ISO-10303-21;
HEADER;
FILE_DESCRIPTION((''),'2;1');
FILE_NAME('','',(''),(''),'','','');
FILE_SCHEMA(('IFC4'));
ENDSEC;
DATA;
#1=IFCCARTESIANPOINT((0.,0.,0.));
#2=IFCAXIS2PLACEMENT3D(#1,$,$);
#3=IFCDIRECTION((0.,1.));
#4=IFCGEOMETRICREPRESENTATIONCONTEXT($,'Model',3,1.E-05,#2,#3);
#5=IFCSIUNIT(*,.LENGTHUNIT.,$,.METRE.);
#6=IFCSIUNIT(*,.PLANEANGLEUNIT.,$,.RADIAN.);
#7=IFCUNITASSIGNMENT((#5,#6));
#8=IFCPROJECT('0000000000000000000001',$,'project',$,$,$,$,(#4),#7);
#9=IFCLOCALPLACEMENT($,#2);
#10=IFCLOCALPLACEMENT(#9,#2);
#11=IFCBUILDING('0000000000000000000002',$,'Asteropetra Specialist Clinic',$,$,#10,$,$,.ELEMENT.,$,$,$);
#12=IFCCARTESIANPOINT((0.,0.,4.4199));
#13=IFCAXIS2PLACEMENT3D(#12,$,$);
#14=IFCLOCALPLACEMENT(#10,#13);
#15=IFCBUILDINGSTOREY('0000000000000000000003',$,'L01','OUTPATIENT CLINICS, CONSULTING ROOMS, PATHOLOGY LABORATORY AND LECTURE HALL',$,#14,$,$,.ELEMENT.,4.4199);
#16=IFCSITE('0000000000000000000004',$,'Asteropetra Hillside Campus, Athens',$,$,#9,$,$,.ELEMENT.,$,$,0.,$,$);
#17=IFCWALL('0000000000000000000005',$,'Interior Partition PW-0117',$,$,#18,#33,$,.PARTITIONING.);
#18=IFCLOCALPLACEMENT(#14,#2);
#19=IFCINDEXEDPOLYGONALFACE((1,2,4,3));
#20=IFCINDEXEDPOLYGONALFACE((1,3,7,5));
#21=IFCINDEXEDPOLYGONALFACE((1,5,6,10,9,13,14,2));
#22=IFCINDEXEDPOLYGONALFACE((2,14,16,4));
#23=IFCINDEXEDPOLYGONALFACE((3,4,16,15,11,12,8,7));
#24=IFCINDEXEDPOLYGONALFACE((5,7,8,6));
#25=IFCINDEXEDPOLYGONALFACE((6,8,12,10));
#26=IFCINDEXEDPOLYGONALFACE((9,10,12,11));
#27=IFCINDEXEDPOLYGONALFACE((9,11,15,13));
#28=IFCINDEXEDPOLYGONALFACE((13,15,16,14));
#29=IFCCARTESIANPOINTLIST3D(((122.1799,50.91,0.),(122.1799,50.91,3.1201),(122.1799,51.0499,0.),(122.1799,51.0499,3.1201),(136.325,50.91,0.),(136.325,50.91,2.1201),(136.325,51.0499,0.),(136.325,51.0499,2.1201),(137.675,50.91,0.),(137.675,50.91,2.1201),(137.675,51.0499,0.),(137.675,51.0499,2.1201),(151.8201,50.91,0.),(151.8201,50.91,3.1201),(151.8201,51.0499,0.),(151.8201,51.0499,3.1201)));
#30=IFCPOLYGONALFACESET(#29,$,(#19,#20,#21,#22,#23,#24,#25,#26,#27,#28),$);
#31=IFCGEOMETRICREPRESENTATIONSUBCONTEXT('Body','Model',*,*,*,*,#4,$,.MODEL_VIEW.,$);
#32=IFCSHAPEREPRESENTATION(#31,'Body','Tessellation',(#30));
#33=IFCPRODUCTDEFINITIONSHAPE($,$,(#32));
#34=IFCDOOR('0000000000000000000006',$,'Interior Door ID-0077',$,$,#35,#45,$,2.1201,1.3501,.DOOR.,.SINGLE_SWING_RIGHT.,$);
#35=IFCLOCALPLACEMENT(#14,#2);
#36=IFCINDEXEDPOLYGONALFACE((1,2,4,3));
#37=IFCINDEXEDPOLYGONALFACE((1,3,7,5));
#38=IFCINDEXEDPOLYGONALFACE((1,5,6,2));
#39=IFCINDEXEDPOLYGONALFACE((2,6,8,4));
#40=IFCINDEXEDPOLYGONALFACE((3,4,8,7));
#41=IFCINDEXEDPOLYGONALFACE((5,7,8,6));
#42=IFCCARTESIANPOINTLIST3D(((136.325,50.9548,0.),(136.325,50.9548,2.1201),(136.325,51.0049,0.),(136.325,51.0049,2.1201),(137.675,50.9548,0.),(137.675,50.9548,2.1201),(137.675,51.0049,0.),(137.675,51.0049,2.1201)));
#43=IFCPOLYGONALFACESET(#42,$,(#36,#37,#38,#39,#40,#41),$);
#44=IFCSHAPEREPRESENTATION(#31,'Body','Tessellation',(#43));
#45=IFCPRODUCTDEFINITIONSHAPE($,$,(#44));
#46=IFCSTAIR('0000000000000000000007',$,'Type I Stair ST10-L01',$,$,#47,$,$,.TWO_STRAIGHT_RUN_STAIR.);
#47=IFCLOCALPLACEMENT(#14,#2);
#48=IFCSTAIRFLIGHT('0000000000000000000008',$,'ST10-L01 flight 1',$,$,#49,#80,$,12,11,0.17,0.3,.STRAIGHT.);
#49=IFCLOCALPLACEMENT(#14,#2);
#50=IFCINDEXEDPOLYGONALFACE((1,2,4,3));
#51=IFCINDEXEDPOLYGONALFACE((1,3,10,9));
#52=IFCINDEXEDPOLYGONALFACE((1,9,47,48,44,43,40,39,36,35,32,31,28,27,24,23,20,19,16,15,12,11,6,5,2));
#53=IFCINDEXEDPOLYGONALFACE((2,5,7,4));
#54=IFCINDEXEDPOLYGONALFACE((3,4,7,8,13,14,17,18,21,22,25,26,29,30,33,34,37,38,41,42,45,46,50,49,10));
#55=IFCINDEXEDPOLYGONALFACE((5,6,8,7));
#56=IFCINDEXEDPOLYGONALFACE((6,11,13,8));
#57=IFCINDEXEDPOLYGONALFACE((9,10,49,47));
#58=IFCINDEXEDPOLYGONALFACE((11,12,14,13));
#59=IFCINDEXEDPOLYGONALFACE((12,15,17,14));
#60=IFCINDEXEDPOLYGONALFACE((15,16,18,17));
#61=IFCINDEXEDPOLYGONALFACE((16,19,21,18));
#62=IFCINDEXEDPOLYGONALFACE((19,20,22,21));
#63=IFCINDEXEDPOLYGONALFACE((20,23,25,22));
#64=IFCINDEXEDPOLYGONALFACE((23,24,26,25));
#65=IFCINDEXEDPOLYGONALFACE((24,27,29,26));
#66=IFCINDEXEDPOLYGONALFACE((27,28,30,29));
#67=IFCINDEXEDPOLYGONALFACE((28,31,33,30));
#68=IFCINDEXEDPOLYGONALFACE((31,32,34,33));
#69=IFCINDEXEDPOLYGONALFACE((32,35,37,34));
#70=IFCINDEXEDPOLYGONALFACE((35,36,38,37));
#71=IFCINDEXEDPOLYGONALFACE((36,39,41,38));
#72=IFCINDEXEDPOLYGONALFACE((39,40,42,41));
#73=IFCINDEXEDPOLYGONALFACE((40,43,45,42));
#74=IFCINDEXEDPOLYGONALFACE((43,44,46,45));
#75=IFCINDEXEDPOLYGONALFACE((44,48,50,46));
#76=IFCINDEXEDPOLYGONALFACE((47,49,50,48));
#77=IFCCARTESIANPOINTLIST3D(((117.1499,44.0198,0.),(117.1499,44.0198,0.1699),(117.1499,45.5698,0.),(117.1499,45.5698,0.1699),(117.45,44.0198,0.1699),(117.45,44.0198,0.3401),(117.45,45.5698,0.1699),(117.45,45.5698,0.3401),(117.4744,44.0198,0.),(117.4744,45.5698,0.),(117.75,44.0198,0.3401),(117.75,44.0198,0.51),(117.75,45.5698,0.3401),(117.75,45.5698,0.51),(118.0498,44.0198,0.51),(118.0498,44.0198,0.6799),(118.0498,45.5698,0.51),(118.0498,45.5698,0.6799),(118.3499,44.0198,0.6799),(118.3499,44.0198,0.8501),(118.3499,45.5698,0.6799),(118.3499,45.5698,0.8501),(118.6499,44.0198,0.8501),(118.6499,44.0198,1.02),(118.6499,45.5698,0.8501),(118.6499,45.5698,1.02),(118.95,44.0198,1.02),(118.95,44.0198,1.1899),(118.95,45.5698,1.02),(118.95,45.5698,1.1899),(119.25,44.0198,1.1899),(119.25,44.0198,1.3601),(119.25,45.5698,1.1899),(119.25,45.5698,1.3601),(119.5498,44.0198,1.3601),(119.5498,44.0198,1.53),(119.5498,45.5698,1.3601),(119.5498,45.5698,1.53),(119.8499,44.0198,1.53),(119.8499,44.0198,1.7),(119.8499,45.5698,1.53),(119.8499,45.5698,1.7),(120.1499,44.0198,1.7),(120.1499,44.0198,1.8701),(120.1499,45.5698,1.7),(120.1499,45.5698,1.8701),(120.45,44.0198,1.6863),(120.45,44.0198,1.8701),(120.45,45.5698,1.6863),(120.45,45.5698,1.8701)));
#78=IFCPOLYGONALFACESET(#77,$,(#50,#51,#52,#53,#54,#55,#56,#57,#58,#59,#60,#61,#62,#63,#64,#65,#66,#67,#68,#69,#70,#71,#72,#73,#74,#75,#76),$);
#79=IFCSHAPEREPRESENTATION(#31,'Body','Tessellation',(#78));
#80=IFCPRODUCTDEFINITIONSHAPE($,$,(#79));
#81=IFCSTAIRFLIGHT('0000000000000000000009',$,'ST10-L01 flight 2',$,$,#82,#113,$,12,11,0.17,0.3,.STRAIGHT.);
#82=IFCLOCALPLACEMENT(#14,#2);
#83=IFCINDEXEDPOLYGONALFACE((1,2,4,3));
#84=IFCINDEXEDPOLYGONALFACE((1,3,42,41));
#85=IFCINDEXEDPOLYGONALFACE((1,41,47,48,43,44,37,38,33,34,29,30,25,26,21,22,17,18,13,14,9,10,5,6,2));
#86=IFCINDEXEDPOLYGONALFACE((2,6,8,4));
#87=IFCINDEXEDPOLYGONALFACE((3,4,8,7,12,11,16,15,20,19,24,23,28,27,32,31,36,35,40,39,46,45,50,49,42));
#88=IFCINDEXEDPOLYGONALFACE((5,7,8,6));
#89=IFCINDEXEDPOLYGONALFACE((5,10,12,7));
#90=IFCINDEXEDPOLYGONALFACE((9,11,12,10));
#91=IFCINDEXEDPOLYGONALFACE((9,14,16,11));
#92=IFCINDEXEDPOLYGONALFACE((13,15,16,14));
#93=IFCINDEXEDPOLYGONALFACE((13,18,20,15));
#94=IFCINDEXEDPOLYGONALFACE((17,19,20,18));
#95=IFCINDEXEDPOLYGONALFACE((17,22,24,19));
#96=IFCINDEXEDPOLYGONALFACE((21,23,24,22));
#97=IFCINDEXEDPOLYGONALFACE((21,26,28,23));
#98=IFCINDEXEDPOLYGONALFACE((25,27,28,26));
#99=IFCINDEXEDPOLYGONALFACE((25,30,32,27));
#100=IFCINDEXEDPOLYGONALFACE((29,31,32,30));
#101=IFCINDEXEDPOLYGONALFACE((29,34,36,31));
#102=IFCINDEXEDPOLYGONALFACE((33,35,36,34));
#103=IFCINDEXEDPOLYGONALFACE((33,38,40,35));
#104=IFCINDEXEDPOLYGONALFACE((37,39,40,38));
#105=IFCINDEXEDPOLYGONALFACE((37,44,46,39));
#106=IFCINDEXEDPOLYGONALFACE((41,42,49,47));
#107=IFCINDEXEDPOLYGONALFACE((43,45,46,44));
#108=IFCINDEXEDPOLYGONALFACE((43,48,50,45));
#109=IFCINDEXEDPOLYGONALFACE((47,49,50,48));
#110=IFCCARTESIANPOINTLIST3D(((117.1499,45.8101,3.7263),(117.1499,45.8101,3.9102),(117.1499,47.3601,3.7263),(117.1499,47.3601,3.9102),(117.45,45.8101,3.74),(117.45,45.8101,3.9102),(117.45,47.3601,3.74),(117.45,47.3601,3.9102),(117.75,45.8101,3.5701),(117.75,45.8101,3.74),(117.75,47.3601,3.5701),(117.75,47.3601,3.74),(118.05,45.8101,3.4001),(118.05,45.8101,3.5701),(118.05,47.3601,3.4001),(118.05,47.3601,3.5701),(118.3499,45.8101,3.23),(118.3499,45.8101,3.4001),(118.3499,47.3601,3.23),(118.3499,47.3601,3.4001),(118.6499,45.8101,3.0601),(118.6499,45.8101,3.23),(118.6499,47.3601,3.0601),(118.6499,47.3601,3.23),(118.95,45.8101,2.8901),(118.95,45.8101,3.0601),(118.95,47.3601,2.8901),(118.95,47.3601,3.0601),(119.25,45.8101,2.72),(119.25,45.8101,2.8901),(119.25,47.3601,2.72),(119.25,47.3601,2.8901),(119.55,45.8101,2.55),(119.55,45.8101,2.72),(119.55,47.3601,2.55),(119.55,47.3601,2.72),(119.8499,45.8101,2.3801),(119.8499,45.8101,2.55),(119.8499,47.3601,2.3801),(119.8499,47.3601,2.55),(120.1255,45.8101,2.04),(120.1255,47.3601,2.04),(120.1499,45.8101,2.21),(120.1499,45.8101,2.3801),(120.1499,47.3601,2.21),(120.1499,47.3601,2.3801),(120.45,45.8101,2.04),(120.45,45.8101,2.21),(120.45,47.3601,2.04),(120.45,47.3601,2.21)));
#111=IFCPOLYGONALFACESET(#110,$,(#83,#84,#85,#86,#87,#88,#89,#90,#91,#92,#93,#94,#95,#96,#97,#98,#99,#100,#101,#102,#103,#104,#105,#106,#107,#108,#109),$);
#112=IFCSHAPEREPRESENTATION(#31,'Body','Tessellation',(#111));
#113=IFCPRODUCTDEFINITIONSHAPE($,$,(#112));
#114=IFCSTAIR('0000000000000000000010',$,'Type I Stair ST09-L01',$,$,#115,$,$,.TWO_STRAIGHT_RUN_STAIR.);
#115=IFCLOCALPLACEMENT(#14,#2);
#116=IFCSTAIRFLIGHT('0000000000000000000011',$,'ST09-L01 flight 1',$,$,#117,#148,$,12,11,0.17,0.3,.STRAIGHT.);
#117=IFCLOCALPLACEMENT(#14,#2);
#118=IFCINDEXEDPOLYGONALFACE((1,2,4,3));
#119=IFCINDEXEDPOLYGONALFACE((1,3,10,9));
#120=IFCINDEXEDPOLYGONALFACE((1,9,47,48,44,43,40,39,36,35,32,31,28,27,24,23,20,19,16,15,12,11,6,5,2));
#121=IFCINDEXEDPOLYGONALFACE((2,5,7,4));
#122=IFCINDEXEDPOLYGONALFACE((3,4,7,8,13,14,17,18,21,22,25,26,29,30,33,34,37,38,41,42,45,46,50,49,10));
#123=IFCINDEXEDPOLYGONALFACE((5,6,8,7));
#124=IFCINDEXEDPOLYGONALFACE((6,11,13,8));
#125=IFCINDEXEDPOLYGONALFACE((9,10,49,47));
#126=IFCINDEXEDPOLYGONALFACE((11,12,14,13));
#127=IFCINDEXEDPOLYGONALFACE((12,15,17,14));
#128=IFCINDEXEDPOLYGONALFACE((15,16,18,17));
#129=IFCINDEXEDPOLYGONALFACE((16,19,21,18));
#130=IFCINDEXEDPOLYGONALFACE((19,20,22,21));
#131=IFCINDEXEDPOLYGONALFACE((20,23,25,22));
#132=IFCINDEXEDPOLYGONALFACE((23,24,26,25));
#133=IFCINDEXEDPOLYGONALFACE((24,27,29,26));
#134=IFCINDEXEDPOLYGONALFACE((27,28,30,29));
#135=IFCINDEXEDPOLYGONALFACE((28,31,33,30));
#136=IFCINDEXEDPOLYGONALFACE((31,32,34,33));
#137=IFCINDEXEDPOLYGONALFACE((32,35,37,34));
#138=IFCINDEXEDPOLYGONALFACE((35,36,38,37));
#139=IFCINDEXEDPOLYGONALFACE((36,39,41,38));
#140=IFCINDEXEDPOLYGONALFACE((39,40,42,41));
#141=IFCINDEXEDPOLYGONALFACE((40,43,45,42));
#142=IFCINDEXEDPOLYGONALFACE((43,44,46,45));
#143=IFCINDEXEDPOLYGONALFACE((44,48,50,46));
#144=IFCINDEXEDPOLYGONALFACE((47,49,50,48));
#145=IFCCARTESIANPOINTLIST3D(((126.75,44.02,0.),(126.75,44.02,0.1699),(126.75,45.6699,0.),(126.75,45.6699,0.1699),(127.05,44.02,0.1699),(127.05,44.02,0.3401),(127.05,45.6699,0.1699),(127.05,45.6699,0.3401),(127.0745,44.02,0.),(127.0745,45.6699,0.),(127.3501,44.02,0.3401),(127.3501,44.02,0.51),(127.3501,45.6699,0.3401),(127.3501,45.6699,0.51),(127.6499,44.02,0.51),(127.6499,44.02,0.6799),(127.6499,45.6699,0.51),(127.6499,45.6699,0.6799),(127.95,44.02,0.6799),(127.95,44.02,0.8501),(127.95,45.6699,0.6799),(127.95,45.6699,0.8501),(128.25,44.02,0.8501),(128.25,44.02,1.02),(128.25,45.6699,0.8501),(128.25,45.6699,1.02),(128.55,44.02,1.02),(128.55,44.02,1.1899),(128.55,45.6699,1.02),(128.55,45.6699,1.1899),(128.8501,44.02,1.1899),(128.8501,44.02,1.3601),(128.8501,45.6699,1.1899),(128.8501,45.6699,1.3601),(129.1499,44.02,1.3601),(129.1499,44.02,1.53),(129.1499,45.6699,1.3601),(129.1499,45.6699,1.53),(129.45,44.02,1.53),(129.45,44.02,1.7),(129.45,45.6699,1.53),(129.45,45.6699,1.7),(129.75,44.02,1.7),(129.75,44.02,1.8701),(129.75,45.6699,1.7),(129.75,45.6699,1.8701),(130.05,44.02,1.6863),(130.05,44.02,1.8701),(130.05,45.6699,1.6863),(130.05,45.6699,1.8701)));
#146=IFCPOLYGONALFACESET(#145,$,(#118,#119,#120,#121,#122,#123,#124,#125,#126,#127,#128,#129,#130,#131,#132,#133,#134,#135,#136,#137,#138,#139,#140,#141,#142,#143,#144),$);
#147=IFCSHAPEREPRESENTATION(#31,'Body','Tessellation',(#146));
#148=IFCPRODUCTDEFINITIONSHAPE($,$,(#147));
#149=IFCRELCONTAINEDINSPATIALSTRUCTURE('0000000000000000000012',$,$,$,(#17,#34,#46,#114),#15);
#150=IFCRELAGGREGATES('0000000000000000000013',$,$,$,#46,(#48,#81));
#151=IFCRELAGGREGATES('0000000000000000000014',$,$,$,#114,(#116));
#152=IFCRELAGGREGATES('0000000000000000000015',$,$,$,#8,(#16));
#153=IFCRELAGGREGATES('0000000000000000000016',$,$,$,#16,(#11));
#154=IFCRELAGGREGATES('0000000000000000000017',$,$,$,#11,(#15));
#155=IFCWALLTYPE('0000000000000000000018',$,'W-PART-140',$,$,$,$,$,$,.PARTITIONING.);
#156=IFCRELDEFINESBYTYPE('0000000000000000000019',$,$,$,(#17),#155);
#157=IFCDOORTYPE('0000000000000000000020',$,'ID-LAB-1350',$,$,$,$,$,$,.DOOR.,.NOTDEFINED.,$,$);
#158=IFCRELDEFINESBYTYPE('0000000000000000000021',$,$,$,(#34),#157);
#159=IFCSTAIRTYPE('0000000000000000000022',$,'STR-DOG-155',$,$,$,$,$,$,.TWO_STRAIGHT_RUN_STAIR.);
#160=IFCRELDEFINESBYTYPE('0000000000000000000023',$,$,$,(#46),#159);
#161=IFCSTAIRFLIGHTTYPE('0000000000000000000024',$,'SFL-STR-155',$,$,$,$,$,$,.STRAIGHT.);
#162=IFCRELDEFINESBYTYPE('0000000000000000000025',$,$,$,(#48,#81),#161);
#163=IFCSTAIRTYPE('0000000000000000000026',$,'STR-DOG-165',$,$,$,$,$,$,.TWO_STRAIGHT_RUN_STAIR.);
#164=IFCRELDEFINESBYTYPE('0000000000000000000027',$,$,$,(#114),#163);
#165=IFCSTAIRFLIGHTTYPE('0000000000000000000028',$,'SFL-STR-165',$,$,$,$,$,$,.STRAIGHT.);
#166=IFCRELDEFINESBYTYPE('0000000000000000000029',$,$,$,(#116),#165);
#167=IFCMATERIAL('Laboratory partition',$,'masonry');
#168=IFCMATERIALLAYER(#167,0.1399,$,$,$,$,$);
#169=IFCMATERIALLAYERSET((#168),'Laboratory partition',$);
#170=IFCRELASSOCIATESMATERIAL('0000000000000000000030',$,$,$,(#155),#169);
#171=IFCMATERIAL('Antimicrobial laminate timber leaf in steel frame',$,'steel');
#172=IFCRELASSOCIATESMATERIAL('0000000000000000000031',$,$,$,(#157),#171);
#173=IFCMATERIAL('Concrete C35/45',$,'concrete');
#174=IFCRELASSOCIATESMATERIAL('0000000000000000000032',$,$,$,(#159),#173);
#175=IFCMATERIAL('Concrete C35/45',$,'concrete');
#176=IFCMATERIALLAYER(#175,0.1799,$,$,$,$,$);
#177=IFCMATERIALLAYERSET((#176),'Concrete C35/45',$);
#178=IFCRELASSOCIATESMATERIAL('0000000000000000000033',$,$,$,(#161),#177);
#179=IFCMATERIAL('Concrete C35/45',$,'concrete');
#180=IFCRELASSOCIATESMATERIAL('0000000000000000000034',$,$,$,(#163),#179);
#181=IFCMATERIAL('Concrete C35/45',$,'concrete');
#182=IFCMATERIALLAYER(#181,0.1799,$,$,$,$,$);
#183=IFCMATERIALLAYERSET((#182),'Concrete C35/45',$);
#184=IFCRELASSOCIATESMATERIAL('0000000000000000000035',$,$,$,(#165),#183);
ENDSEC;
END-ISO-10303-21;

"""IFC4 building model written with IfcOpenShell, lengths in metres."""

from ifc_helpers import new_model, si_unit, direction, frame, frame_2d, origin, place, context, subcontext, project, spatial, polyline, rectangle, outline, extrude, material, layer, layer_set, type_object, element, fill, aggregate, save


model = new_model("IFC4")

# Units and contexts
model_context = context("Model", 3, precision=1e-05, world=origin(), true_north=direction((0.0, 1.0)))
body_context = subcontext(model_context, "Body", "Model", "MODEL_VIEW")
ifc_project = project(units=[si_unit("LENGTHUNIT", "METRE"), si_unit("PLANEANGLEUNIT", "RADIAN")], contexts=[model_context])

# Site, building, storey
site_placement = place(None, origin())
site = spatial("IfcSite", under=ifc_project, at=site_placement, Name="Asteropetra Hillside Campus, Athens", CompositionType="ELEMENT", RefElevation=0.0)
building_placement = place(site_placement, origin())
building = spatial("IfcBuilding", under=site, at=building_placement, Name="Asteropetra Specialist Clinic", CompositionType="ELEMENT")
storey_placement = place(building_placement, frame((0.0, 0.0, 4.4199)))
storey = spatial("IfcBuildingStorey", under=building, at=storey_placement, Name="L01", Description="OUTPATIENT CLINICS, CONSULTING ROOMS, PATHOLOGY LABORATORY AND LECTURE HALL", CompositionType="ELEMENT", Elevation=4.4199)

# Wall, opening, door
ifc_material_1 = material(Name="Laboratory partition", Category="masonry")
ifc_layer_1 = layer(ifc_material_1, 0.1399)
ifc_layer_set_1 = layer_set([ifc_layer_1], Name="Laboratory partition")
wall_type_1 = type_object("IfcWallType", Name="W-PART-140", PredefinedType="PARTITIONING", material=ifc_layer_set_1)
wall_1_placement = place(storey_placement, frame((122.1799, 50.98, 0.0), z_axis=(0.0, 0.0, 1.0), x_axis=(1.0, 0.0, 0.0)))
wall_1 = element("IfcWall", 1, at=wall_1_placement, inside=storey, type_object=wall_type_1, Name="Interior Partition PW-0117", PredefinedType="PARTITIONING", context=body_context, shape_type="SweptSolid", body=[
    extrude(rectangle(XDim=29.6401, YDim=0.1399, at=frame_2d((14.8201, 0.0))), origin(), (0.0, 0.0, 1.0), 3.1201),
])
opening_placement = place(wall_1_placement, frame((14.145, 0.0, 0.0)))
opening = element("IfcOpeningElement", 2, at=opening_placement, cuts=wall_1, PredefinedType="OPENING", context=body_context, shape_type="SweptSolid", body=[
    extrude(rectangle(XDim=1.3501, YDim=2.1201, at=frame_2d((0.675, 1.0601))), frame((0.0, 0.0798, 0.0), z_axis=(0.0, -1.0, 0.0), x_axis=(1.0, 0.0, 0.0)), (0.0, 0.0, 1.0), 0.1599),
])
ifc_material_2 = material(Name="Antimicrobial laminate timber leaf in steel frame", Category="steel")
door_type = type_object("IfcDoorType", Name="ID-LAB-1350", OperationType="NOTDEFINED", PredefinedType="DOOR", material=ifc_material_2)
door_placement = place(opening_placement, origin())
door = element("IfcDoor", 3, at=door_placement, inside=storey, type_object=door_type, Name="Interior Door ID-0077", OperationType="SINGLE_SWING_RIGHT", OverallHeight=2.1201, OverallWidth=1.3501, PredefinedType="DOOR", context=body_context, shape_type="SweptSolid", body=[
    extrude(rectangle(XDim=1.3501, YDim=2.1201, at=frame_2d((0.675, 1.0601))), frame((0.0, 0.0249, 0.0), z_axis=(0.0, -1.0, 0.0), x_axis=(1.0, 0.0, 0.0)), (0.0, 0.0, 1.0), 0.05),
])
fill(opening, door)

# Stair, stair flights
ifc_material_3 = material(Name="Concrete C35/45", Category="concrete")
stair_type_1 = type_object("IfcStairType", Name="STR-DOG-155", PredefinedType="TWO_STRAIGHT_RUN_STAIR", material=ifc_material_3)
stair_1_placement = place(storey_placement, origin())
stair_1 = element("IfcStair", 4, at=stair_1_placement, inside=storey, type_object=stair_type_1, Name="Type I Stair ST10-L01", PredefinedType="TWO_STRAIGHT_RUN_STAIR")
ifc_material_4 = material(Name="Concrete C35/45", Category="concrete")
ifc_layer_2 = layer(ifc_material_4, 0.1799)
ifc_layer_set_2 = layer_set([ifc_layer_2], Name="Concrete C35/45")
stair_flight_type_1 = type_object("IfcStairFlightType", Name="SFL-STR-155", PredefinedType="STRAIGHT", material=ifc_layer_set_2)
stair_flight_1_placement = place(storey_placement, frame((117.1499, 44.7949, 0.0), z_axis=(0.0, 0.0, 1.0), x_axis=(1.0, 0.0, 0.0)))
stair_flight_1 = element("IfcStairFlight", 5, at=stair_flight_1_placement, type_object=stair_flight_type_1, Name="ST10-L01 flight 1", NumberOfRisers=12, NumberOfTreads=11, PredefinedType="STRAIGHT", RiserHeight=0.17, TreadLength=0.3, context=body_context, shape_type="SweptSolid", body=[
    extrude(outline(polyline([(0.0, 0.0), (0.0, 0.1699), (0.3, 0.1699), (0.3, 0.3401), (0.6001, 0.3401), (0.6001, 0.51), (0.8999, 0.51), (0.8999, 0.6799), (1.2, 0.6799), (1.2, 0.8501), (1.5, 0.8501), (1.5, 1.02), (1.8, 1.02), (1.8, 1.1899), (2.1001, 1.1899), (2.1001, 1.3601), (2.3999, 1.3601), (2.3999, 1.53), (2.7, 1.53), (2.7, 1.7), (3.0, 1.7), (3.0, 1.8701), (3.3, 1.8701), (3.3, 2.04), (3.3, 1.6863), (0.3245, 0.0), (0.0, 0.0)])), frame((0.0, 0.7749, 0.0), z_axis=(0.0, -1.0, 0.0), x_axis=(1.0, 0.0, 0.0)), (0.0, 0.0, 1.0), 1.55),
])
stair_flight_2_placement = place(storey_placement, frame((120.45, 46.585, 2.04), z_axis=(0.0, 0.0, 1.0), x_axis=(-1.0, 0.0, 0.0)))
stair_flight_2 = element("IfcStairFlight", 6, at=stair_flight_2_placement, type_object=stair_flight_type_1, Name="ST10-L01 flight 2", NumberOfRisers=12, NumberOfTreads=11, PredefinedType="STRAIGHT", RiserHeight=0.17, TreadLength=0.3, context=body_context, shape_type="SweptSolid", body=[
    extrude(outline(polyline([(0.0, 0.0), (0.0, 0.1699), (0.3, 0.1699), (0.3, 0.3401), (0.6001, 0.3401), (0.6001, 0.51), (0.8999, 0.51), (0.8999, 0.6799), (1.2, 0.6799), (1.2, 0.8501), (1.5, 0.8501), (1.5, 1.02), (1.8, 1.02), (1.8, 1.1899), (2.1001, 1.1899), (2.1001, 1.3601), (2.3999, 1.3601), (2.3999, 1.53), (2.7, 1.53), (2.7, 1.7), (3.0, 1.7), (3.0, 1.8701), (3.3, 1.8701), (3.3, 2.04), (3.3, 1.6863), (0.3245, 0.0), (0.0, 0.0)])), frame((0.0, 0.7749, 0.0), z_axis=(0.0, -1.0, 0.0), x_axis=(1.0, 0.0, 0.0)), (0.0, 0.0, 1.0), 1.55),
])
aggregate(stair_1, [stair_flight_1, stair_flight_2])

# Stair, stair flight
ifc_material_5 = material(Name="Concrete C35/45", Category="concrete")
stair_type_2 = type_object("IfcStairType", Name="STR-DOG-165", PredefinedType="TWO_STRAIGHT_RUN_STAIR", material=ifc_material_5)
stair_2_placement = place(storey_placement, origin())
stair_2 = element("IfcStair", 7, at=stair_2_placement, inside=storey, type_object=stair_type_2, Name="Type I Stair ST09-L01", PredefinedType="TWO_STRAIGHT_RUN_STAIR")
ifc_material_6 = material(Name="Concrete C35/45", Category="concrete")
ifc_layer_3 = layer(ifc_material_6, 0.1799)
ifc_layer_set_3 = layer_set([ifc_layer_3], Name="Concrete C35/45")
stair_flight_type_2 = type_object("IfcStairFlightType", Name="SFL-STR-165", PredefinedType="STRAIGHT", material=ifc_layer_set_3)
stair_flight_3_placement = place(storey_placement, frame((126.75, 44.845, 0.0), z_axis=(0.0, 0.0, 1.0), x_axis=(1.0, 0.0, 0.0)))
stair_flight_3 = element("IfcStairFlight", 8, at=stair_flight_3_placement, type_object=stair_flight_type_2, Name="ST09-L01 flight 1", NumberOfRisers=12, NumberOfTreads=11, PredefinedType="STRAIGHT", RiserHeight=0.17, TreadLength=0.3, context=body_context, shape_type="SweptSolid", body=[
    extrude(outline(polyline([(0.0, 0.0), (0.0, 0.1699), (0.3, 0.1699), (0.3, 0.3401), (0.6001, 0.3401), (0.6001, 0.51), (0.8999, 0.51), (0.8999, 0.6799), (1.2, 0.6799), (1.2, 0.8501), (1.5, 0.8501), (1.5, 1.02), (1.8, 1.02), (1.8, 1.1899), (2.1001, 1.1899), (2.1001, 1.3601), (2.3999, 1.3601), (2.3999, 1.53), (2.7, 1.53), (2.7, 1.7), (3.0, 1.7), (3.0, 1.8701), (3.3, 1.8701), (3.3, 2.04), (3.3, 1.6863), (0.3245, 0.0), (0.0, 0.0)])), frame((0.0, 0.825, 0.0), z_axis=(0.0, -1.0, 0.0), x_axis=(1.0, 0.0, 0.0)), (0.0, 0.0, 1.0), 1.6499),
])
aggregate(stair_2, [stair_flight_3])

save(model, "model.ifc")
